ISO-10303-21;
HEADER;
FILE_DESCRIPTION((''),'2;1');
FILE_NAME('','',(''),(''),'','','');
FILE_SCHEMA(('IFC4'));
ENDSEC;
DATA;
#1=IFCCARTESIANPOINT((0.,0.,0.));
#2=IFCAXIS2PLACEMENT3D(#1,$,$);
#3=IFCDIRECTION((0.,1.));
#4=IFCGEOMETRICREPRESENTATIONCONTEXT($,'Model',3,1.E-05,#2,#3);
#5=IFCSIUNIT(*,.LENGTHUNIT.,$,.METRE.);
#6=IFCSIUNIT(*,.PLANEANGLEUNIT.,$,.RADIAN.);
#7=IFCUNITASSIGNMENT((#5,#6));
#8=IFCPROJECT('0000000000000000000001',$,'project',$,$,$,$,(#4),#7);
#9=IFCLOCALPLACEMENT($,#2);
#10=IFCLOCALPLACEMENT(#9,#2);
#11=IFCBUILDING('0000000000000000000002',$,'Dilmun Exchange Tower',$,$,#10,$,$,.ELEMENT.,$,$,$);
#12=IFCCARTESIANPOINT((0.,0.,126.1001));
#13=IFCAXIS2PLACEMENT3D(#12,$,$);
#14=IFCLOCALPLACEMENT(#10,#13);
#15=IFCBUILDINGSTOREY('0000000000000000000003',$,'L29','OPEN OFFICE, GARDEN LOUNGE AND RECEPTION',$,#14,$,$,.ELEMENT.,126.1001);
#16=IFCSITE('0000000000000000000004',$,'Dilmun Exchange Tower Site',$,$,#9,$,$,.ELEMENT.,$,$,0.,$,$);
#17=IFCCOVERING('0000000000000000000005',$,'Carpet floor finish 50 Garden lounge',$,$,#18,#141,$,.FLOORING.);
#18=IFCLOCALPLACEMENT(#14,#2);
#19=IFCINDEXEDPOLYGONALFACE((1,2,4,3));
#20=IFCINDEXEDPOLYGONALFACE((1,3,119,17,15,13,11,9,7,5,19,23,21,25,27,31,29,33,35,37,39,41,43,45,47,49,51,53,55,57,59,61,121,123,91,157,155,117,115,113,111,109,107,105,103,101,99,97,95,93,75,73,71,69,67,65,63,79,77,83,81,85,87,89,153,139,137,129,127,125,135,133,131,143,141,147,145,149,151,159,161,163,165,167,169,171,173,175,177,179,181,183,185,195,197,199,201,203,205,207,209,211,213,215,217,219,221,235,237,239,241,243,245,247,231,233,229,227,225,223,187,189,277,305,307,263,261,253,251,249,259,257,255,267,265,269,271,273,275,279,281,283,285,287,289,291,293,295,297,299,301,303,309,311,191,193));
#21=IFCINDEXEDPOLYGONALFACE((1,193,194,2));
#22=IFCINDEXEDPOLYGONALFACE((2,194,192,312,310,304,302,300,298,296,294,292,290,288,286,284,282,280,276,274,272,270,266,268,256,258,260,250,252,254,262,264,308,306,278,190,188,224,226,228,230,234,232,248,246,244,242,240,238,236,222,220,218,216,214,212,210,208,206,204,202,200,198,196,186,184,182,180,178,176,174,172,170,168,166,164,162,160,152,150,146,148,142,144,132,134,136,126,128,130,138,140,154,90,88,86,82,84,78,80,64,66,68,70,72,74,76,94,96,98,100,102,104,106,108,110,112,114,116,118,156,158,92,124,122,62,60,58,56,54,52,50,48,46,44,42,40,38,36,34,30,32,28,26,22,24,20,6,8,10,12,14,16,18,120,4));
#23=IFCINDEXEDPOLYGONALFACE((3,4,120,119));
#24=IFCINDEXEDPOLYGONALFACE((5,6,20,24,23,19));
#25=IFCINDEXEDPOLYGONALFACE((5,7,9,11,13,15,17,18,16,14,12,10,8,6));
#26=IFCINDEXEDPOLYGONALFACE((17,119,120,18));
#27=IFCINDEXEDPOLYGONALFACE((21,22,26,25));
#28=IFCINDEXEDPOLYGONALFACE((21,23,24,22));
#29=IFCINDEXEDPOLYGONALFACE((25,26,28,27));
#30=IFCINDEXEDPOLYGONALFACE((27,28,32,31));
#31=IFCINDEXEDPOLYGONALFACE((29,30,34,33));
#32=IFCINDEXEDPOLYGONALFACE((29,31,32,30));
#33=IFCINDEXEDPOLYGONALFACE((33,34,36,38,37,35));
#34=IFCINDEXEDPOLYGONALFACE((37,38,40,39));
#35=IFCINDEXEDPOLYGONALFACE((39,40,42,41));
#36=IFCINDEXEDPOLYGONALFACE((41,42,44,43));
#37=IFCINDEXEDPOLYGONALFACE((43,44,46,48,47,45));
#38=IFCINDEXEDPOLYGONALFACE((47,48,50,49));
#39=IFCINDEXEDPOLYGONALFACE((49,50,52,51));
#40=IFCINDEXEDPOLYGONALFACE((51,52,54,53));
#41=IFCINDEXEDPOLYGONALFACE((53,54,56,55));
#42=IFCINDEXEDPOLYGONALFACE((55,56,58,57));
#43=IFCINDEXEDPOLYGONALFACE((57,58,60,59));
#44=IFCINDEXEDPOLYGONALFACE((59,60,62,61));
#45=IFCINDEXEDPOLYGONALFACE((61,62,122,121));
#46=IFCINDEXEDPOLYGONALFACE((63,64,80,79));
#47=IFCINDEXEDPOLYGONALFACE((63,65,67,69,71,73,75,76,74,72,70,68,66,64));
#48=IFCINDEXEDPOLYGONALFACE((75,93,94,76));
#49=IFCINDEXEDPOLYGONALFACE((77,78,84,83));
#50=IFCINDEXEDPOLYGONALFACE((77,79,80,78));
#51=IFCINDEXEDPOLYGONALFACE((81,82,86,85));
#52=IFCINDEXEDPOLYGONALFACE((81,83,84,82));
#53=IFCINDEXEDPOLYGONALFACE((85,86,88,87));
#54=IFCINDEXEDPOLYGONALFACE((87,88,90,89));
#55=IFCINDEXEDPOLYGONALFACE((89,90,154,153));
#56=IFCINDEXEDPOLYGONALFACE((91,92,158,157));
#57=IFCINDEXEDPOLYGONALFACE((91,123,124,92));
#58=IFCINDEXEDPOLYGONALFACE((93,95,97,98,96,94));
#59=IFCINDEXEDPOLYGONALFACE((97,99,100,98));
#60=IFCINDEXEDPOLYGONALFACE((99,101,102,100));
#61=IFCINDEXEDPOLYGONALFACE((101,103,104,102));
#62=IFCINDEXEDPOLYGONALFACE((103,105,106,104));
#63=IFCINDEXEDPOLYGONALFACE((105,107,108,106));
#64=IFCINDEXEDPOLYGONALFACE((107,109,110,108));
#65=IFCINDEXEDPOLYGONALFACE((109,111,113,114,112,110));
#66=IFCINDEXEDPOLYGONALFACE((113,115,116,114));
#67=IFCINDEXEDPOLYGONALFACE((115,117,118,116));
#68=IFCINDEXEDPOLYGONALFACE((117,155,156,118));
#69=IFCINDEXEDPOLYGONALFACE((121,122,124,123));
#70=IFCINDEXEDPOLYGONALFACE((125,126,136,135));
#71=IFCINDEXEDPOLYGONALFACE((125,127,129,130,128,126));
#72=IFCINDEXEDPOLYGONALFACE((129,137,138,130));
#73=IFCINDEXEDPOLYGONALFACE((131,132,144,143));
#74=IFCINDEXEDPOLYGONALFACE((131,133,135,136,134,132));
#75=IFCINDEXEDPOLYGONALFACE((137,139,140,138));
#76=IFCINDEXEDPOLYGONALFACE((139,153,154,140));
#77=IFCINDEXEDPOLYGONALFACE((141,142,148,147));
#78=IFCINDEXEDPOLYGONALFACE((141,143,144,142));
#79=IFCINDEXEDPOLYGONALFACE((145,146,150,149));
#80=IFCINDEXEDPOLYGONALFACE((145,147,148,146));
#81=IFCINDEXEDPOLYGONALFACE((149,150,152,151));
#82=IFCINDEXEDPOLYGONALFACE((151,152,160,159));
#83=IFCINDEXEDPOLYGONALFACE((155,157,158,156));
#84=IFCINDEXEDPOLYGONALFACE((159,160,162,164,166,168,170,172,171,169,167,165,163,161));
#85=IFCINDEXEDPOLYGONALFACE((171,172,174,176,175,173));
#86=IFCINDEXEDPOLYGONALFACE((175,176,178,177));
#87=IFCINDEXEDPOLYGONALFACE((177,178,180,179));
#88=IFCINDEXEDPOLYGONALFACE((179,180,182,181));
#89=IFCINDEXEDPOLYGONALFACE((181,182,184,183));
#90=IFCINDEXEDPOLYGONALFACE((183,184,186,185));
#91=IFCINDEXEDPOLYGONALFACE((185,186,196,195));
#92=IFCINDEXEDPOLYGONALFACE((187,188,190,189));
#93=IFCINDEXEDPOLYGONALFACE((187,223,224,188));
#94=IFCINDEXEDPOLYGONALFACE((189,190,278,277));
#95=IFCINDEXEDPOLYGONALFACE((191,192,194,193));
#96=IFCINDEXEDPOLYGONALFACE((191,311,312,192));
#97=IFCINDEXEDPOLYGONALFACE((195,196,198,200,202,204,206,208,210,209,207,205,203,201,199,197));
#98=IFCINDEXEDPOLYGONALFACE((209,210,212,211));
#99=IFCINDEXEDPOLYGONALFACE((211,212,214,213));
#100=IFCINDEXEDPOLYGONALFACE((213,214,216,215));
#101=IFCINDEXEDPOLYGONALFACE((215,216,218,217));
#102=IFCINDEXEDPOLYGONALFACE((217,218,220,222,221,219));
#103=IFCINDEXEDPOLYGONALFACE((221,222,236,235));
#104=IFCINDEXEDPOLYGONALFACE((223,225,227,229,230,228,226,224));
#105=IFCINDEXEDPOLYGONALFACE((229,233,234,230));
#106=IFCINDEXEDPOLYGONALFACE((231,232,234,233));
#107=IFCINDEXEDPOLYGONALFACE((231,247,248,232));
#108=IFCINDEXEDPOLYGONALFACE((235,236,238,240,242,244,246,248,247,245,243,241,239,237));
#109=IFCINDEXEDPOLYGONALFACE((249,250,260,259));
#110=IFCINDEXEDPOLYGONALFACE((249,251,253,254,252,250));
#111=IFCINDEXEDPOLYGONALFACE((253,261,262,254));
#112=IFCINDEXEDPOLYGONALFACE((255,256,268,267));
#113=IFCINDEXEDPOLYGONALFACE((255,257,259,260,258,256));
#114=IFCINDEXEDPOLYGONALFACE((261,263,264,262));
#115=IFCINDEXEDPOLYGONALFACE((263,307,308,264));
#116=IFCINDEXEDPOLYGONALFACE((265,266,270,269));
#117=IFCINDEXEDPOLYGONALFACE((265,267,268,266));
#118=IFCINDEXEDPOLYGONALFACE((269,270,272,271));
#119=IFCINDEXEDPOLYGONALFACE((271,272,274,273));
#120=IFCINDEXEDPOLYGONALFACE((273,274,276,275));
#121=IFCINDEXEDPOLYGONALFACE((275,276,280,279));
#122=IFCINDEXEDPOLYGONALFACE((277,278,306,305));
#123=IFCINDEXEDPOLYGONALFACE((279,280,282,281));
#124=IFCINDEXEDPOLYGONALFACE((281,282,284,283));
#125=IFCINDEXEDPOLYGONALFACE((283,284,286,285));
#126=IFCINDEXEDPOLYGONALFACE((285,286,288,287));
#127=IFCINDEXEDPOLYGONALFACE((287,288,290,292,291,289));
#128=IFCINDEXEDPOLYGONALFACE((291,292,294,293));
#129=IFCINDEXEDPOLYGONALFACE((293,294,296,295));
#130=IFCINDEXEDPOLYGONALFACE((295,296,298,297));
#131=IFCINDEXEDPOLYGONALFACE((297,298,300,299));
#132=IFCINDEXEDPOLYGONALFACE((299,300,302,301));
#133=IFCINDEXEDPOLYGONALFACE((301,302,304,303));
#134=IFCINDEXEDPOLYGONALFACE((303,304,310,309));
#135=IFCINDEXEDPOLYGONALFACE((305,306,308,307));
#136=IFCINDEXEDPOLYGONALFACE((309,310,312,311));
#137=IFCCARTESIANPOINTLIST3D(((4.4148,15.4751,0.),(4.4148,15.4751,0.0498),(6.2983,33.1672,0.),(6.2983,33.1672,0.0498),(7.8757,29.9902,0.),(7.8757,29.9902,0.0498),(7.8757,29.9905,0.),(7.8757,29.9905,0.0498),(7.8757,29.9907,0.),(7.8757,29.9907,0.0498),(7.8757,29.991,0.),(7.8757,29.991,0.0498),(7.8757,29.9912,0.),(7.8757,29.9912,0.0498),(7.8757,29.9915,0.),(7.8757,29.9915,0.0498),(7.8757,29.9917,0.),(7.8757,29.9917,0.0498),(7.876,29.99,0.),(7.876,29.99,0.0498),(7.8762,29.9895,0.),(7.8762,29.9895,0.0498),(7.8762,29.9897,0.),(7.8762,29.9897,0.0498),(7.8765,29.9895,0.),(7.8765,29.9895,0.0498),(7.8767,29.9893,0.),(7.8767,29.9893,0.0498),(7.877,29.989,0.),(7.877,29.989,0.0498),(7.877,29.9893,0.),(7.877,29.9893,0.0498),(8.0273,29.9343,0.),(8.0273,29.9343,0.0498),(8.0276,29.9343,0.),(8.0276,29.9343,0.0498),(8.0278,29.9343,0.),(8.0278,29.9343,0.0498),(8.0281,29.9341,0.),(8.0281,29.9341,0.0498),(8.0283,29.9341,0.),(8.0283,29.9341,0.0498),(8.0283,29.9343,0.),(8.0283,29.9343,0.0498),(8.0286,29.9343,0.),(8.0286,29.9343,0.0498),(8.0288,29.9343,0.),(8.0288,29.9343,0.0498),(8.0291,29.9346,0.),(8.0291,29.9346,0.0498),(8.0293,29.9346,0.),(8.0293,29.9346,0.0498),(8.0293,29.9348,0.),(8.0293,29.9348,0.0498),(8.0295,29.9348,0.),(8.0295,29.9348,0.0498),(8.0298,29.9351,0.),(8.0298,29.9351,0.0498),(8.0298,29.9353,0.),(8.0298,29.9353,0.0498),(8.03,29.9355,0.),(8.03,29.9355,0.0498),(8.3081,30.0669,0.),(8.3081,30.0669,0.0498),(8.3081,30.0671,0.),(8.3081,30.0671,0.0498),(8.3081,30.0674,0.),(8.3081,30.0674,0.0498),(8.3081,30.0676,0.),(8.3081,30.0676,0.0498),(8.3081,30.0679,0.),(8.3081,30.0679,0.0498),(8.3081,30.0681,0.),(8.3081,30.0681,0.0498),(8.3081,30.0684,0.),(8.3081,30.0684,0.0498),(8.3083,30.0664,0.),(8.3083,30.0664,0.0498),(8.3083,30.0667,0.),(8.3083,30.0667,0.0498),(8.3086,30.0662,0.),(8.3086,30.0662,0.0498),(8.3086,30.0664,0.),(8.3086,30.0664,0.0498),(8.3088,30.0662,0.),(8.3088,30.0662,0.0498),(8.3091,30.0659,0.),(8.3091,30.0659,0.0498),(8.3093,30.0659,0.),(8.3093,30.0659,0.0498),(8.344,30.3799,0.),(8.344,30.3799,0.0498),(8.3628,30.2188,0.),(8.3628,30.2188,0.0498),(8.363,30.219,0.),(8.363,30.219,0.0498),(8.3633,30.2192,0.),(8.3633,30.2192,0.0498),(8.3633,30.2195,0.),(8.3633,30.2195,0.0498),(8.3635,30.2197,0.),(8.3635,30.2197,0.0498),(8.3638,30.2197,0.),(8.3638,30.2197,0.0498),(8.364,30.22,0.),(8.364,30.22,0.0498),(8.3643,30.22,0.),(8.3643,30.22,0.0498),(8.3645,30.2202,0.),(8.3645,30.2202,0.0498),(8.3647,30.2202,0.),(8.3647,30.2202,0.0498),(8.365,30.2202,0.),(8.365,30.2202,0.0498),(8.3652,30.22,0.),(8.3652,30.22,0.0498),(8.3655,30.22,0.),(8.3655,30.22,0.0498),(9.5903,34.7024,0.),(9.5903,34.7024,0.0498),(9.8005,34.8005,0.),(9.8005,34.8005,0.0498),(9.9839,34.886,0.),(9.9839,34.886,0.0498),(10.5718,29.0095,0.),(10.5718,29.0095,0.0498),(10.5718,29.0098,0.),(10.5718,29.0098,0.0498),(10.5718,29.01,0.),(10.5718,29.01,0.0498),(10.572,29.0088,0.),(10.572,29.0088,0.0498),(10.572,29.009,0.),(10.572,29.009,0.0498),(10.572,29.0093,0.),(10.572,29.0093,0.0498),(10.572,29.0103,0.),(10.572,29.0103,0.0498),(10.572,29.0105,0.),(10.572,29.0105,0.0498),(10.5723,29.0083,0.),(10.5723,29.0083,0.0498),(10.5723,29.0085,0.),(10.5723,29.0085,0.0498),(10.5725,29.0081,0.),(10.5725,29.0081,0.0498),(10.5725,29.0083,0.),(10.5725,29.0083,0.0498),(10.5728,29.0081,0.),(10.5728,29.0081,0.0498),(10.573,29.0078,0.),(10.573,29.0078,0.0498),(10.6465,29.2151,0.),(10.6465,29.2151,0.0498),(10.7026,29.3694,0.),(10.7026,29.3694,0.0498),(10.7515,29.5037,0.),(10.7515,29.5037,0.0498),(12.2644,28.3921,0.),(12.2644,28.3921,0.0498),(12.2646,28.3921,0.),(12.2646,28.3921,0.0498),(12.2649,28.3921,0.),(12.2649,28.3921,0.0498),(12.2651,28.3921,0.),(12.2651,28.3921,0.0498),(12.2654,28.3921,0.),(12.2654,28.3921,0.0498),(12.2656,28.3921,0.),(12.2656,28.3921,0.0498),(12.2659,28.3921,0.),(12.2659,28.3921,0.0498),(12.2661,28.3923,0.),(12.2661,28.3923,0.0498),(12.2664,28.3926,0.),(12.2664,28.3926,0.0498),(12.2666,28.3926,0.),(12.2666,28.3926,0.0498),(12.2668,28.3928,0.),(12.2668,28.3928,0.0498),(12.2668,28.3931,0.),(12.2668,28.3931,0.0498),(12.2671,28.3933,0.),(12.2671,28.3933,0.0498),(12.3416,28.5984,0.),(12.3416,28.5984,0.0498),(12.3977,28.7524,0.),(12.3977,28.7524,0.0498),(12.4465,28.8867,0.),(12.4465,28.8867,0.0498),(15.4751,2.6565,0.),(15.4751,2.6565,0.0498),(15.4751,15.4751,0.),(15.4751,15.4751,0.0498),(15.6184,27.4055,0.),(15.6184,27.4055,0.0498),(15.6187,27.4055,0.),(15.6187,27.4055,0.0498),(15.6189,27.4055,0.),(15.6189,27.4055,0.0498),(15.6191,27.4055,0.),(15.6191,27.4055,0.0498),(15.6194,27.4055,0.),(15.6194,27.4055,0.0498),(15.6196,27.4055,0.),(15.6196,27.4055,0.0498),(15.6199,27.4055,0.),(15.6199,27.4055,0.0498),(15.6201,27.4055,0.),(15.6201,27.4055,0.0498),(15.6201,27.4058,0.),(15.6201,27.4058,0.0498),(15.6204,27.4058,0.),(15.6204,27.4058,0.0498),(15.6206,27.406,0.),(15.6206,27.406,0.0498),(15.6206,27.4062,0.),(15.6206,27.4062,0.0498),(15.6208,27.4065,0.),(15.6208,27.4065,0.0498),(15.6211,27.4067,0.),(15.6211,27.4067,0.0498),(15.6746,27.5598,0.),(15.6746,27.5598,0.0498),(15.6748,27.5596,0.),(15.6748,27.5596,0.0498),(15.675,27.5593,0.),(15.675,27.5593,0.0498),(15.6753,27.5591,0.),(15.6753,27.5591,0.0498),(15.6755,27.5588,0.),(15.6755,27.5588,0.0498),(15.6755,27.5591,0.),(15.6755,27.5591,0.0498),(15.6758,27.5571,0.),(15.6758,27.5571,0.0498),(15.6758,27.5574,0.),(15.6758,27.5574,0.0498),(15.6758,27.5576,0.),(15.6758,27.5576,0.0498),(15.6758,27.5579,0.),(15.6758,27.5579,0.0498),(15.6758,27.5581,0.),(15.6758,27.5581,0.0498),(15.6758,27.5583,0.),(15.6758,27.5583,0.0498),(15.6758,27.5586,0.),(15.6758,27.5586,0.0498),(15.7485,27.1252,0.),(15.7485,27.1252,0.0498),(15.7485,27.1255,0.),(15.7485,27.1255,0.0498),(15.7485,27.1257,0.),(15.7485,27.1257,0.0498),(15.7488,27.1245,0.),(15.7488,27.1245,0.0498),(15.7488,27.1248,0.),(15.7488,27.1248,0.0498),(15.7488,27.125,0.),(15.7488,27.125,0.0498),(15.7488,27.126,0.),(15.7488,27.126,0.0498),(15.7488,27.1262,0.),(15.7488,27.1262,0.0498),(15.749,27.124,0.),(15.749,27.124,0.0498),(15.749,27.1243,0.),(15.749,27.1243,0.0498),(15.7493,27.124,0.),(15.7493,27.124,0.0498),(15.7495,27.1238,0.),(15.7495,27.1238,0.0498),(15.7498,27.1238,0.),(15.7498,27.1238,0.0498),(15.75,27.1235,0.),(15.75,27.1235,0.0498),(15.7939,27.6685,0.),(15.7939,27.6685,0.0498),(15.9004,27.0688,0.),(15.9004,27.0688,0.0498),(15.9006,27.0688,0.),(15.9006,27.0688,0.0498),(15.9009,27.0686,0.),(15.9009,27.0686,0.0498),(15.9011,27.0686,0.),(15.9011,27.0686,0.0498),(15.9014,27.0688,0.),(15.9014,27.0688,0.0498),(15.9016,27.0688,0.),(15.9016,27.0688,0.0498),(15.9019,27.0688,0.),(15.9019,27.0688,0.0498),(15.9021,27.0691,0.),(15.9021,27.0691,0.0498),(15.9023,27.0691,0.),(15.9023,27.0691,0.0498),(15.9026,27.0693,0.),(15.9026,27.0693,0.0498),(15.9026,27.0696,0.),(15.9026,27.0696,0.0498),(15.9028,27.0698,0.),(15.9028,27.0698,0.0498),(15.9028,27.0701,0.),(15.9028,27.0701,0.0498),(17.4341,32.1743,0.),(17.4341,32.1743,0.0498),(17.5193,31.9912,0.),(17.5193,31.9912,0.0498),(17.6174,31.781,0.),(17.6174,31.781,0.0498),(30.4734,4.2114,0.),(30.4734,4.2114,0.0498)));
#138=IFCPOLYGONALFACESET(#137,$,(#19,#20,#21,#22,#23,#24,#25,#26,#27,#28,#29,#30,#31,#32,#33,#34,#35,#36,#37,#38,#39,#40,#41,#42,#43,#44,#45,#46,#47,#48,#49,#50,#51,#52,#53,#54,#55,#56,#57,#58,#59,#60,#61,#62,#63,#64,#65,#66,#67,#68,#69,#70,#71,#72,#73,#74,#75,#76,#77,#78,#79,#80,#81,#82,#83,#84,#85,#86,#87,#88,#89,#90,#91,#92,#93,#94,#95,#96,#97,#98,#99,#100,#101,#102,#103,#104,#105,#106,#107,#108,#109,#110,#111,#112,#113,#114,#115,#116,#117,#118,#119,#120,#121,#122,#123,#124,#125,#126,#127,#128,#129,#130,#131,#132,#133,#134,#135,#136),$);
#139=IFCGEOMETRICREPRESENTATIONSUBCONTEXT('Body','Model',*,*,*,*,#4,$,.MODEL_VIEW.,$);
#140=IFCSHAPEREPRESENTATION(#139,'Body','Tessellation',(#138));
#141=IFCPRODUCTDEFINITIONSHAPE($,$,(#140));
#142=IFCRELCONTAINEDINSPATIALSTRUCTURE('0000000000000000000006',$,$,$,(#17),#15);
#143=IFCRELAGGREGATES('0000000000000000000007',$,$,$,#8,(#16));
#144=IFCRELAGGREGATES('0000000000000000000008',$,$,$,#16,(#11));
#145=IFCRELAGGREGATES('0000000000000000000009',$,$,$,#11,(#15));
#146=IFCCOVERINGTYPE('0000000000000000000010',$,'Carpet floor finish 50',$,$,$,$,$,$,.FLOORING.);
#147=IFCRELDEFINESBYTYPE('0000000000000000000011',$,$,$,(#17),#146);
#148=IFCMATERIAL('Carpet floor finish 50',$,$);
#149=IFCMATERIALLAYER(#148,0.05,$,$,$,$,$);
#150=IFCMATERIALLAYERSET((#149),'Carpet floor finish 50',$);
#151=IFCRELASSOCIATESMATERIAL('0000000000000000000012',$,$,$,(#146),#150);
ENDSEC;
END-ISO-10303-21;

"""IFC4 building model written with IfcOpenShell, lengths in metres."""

from ifc_helpers import new_model, si_unit, direction, frame, origin, place, context, subcontext, project, spatial, polyline, outline, extrude, material, layer, layer_set, type_object, element, save


model = new_model("IFC4")

# Units and contexts
model_context = context("Model", 3, precision=1e-05, world=origin(), true_north=direction((0.0, 1.0)))
body_context = subcontext(model_context, "Body", "Model", "MODEL_VIEW")
ifc_project = project(units=[si_unit("LENGTHUNIT", "METRE"), si_unit("PLANEANGLEUNIT", "RADIAN")], contexts=[model_context])

# Site, building, storey
site_placement = place(None, origin())
site = spatial("IfcSite", under=ifc_project, at=site_placement, Name="Dilmun Exchange Tower Site", CompositionType="ELEMENT", RefElevation=0.0)
building_placement = place(site_placement, origin())
building = spatial("IfcBuilding", under=site, at=building_placement, Name="Dilmun Exchange Tower", CompositionType="ELEMENT")
storey_placement = place(building_placement, frame((0.0, 0.0, 126.1001)))
storey = spatial("IfcBuildingStorey", under=building, at=storey_placement, Name="L29", Description="OPEN OFFICE, GARDEN LOUNGE AND RECEPTION", CompositionType="ELEMENT", Elevation=126.1001)

# Covering
ifc_material_1 = material(Name="Carpet floor finish 50")
ifc_layer_1 = layer(ifc_material_1, 0.05)
ifc_layer_set_1 = layer_set([ifc_layer_1], Name="Carpet floor finish 50")
covering_type_1 = type_object("IfcCoveringType", Name="Carpet floor finish 50", PredefinedType="FLOORING", material=ifc_layer_set_1)
covering_1_placement = place(storey_placement, origin())
element("IfcCovering", 1, at=covering_1_placement, inside=storey, type_object=covering_type_1, Name="Carpet floor finish 50 Garden lounge", PredefinedType="FLOORING", context=body_context, shape_type="SweptSolid", body=[
    extrude(outline(polyline([(8.344, 30.3799), (10.7515, 29.5037), (10.7026, 29.3694), (8.3655, 30.22), (8.3652, 30.22), (8.365, 30.2202), (8.365, 30.2202), (8.3647, 30.2202), (8.3645, 30.2202), (8.3643, 30.22), (8.364, 30.22), (8.364, 30.22), (8.3638, 30.2197), (8.3635, 30.2197), (8.3633, 30.2195), (8.3633, 30.2195), (8.3633, 30.2192), (8.363, 30.219), (8.363, 30.219), (8.3628, 30.2188), (8.3081, 30.0684), (8.3081, 30.0681), (8.3081, 30.0681), (8.3081, 30.0679), (8.3081, 30.0676), (8.3081, 30.0674), (8.3081, 30.0671), (8.3081, 30.0671), (8.3081, 30.0669), (8.3083, 30.0667), (8.3083, 30.0664), (8.3086, 30.0664), (8.3086, 30.0662), (8.3088, 30.0662), (8.3091, 30.0659), (8.3091, 30.0659), (8.3093, 30.0659), (10.6465, 29.2151), (10.572, 29.0105), (10.572, 29.0103), (10.5718, 29.01), (10.5718, 29.0098), (10.5718, 29.0095), (10.5718, 29.0095), (10.572, 29.0093), (10.572, 29.009), (10.572, 29.0088), (10.572, 29.0088), (10.5723, 29.0085), (10.5723, 29.0083), (10.5725, 29.0083), (10.5725, 29.0081), (10.5728, 29.0081), (10.573, 29.0078), (10.573, 29.0078), (12.2644, 28.3921), (12.2646, 28.3921), (12.2649, 28.3921), (12.2651, 28.3921), (12.2654, 28.3921), (12.2654, 28.3921), (12.2656, 28.3921), (12.2659, 28.3921), (12.2661, 28.3923), (12.2661, 28.3923), (12.2664, 28.3926), (12.2666, 28.3926), (12.2666, 28.3926), (12.2668, 28.3928), (12.2668, 28.3931), (12.2671, 28.3933), (12.2671, 28.3933), (12.3416, 28.5984), (15.6184, 27.4055), (15.6187, 27.4055), (15.6189, 27.4055), (15.6189, 27.4055), (15.6191, 27.4055), (15.6194, 27.4055), (15.6196, 27.4055), (15.6199, 27.4055), (15.6201, 27.4055), (15.6201, 27.4058), (15.6204, 27.4058), (15.6206, 27.406), (15.6206, 27.406), (15.6206, 27.4062), (15.6208, 27.4065), (15.6208, 27.4065), (15.6211, 27.4067), (15.6758, 27.5571), (15.6758, 27.5574), (15.6758, 27.5576), (15.6758, 27.5576), (15.6758, 27.5579), (15.6758, 27.5581), (15.6758, 27.5583), (15.6758, 27.5583), (15.6758, 27.5586), (15.6755, 27.5588), (15.6755, 27.5591), (15.6753, 27.5591), (15.6753, 27.5591), (15.675, 27.5593), (15.6748, 27.5596), (15.6748, 27.5596), (15.6746, 27.5598), (12.3977, 28.7524), (12.4465, 28.8867), (15.7939, 27.6685), (17.4341, 32.1743), (17.5193, 31.9912), (15.7488, 27.1262), (15.7488, 27.126), (15.7485, 27.1257), (15.7485, 27.1255), (15.7485, 27.1255), (15.7485, 27.1252), (15.7488, 27.125), (15.7488, 27.1248), (15.7488, 27.1245), (15.7488, 27.1245), (15.749, 27.1243), (15.749, 27.124), (15.7493, 27.124), (15.7495, 27.1238), (15.7495, 27.1238), (15.7498, 27.1238), (15.75, 27.1235), (15.9004, 27.0688), (15.9004, 27.0688), (15.9006, 27.0688), (15.9009, 27.0686), (15.9011, 27.0686), (15.9014, 27.0688), (15.9016, 27.0688), (15.9016, 27.0688), (15.9019, 27.0688), (15.9021, 27.0691), (15.9021, 27.0691), (15.9023, 27.0691), (15.9026, 27.0693), (15.9026, 27.0696), (15.9026, 27.0696), (15.9028, 27.0698), (15.9028, 27.0701), (17.6174, 31.781), (30.4734, 4.2114), (15.4751, 2.6565), (15.4751, 15.4751), (4.4148, 15.4751), (6.2983, 33.1672), (9.5903, 34.7024), (7.8757, 29.9917), (7.8757, 29.9915), (7.8757, 29.9912), (7.8757, 29.9912), (7.8757, 29.991), (7.8757, 29.9907), (7.8757, 29.9905), (7.8757, 29.9902), (7.876, 29.99), (7.876, 29.99), (7.8762, 29.9897), (7.8762, 29.9895), (7.8765, 29.9895), (7.8765, 29.9895), (7.8767, 29.9893), (7.877, 29.9893), (7.877, 29.989), (8.0273, 29.9343), (8.0276, 29.9343), (8.0278, 29.9343), (8.0281, 29.9341), (8.0283, 29.9341), (8.0283, 29.9343), (8.0286, 29.9343), (8.0288, 29.9343), (8.0288, 29.9343), (8.0291, 29.9346), (8.0293, 29.9346), (8.0293, 29.9348), (8.0295, 29.9348), (8.0298, 29.9351), (8.0298, 29.9353), (8.0298, 29.9353), (8.03, 29.9355), (9.8005, 34.8005), (9.9839, 34.886), (8.344, 30.3799)])), origin(), (0.0, 0.0, 1.0), 0.0498),
])

save(model, "model.ifc")
